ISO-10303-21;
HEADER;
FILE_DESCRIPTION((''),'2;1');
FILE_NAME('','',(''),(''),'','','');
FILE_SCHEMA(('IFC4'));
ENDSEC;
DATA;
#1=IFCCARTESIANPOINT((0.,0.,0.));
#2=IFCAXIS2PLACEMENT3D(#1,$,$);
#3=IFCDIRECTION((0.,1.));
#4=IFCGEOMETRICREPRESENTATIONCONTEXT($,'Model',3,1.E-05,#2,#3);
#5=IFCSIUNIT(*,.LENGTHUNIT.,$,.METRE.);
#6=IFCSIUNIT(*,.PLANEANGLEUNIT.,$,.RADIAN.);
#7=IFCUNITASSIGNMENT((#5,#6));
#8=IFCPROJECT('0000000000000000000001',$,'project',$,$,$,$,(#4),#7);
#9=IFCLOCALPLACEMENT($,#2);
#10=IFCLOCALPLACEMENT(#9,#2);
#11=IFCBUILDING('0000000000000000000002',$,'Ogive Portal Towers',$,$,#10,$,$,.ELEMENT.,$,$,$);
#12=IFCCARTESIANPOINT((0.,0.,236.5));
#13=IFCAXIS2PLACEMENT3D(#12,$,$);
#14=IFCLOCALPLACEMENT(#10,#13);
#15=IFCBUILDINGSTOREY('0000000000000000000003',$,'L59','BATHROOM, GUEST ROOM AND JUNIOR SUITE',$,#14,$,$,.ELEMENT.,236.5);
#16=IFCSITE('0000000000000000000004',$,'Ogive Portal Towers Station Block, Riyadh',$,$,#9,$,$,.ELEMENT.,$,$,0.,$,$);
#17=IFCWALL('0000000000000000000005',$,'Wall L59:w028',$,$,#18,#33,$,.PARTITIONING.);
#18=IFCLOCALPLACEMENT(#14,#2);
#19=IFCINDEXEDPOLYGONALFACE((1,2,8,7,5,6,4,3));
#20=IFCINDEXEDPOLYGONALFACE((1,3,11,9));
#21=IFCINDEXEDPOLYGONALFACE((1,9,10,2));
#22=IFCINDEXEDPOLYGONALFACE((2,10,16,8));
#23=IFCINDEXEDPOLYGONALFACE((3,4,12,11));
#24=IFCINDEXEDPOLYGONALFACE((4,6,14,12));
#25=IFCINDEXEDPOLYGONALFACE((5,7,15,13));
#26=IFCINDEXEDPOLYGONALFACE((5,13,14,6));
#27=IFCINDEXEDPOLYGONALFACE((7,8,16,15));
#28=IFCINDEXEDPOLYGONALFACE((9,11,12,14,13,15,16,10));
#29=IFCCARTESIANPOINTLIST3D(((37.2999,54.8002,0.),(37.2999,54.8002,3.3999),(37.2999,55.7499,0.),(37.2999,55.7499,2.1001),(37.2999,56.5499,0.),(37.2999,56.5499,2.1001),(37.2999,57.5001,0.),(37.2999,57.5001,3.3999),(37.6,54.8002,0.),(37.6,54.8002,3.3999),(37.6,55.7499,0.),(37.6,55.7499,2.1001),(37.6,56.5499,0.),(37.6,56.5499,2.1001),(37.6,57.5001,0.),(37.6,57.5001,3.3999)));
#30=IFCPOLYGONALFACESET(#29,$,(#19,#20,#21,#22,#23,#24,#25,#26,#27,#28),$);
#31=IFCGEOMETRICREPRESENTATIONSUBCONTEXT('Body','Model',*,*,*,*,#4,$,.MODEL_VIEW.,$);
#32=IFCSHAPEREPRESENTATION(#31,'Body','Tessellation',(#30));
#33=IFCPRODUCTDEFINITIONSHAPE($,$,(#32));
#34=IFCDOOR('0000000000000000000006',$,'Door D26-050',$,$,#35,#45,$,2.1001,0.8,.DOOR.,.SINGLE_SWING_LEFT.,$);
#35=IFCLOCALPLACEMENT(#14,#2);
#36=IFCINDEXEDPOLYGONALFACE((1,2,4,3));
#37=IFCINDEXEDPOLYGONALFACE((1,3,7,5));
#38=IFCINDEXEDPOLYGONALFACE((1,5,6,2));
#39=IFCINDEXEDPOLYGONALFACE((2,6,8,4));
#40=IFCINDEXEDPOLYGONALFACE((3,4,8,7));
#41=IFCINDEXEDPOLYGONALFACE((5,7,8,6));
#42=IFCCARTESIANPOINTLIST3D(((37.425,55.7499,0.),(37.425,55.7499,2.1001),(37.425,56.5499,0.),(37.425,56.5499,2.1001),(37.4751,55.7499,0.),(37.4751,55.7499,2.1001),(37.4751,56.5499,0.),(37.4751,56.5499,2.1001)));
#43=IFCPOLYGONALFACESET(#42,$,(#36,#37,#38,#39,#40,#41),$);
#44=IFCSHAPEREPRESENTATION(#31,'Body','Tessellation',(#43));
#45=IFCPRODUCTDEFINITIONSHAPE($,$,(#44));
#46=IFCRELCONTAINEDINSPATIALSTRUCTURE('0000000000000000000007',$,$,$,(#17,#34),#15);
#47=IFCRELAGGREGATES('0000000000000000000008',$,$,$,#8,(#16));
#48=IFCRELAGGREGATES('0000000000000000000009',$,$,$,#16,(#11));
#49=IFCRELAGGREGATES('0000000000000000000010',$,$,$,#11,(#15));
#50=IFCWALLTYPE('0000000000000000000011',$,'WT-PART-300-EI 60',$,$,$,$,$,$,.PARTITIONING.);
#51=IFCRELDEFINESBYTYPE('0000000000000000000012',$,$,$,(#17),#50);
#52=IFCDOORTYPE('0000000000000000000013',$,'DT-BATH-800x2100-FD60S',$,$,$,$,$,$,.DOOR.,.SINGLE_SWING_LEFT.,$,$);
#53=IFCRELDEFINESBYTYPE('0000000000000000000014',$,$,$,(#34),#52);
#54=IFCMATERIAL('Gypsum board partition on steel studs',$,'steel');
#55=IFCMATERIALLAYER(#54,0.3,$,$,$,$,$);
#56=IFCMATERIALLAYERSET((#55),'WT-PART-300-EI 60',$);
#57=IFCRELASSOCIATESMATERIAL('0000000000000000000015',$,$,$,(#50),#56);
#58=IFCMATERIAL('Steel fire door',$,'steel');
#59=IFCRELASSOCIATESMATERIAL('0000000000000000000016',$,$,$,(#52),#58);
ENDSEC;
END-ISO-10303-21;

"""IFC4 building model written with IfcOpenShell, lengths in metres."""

from ifc_helpers import new_model, si_unit, direction, frame, frame_2d, origin, place, context, subcontext, project, spatial, rectangle, extrude, material, layer, layer_set, type_object, element, fill, save


model = new_model("IFC4")

# Units and contexts
model_context = context("Model", 3, precision=1e-05, world=origin(), true_north=direction((0.0, 1.0)))
body_context = subcontext(model_context, "Body", "Model", "MODEL_VIEW")
ifc_project = project(units=[si_unit("LENGTHUNIT", "METRE"), si_unit("PLANEANGLEUNIT", "RADIAN")], contexts=[model_context])

# Site, building, storey
site_placement = place(None, origin())
site = spatial("IfcSite", under=ifc_project, at=site_placement, Name="Ogive Portal Towers Station Block, Riyadh", CompositionType="ELEMENT", RefElevation=0.0)
building_placement = place(site_placement, origin())
building = spatial("IfcBuilding", under=site, at=building_placement, Name="Ogive Portal Towers", CompositionType="ELEMENT")
storey_placement = place(building_placement, frame((0.0, 0.0, 236.5)))
storey = spatial("IfcBuildingStorey", under=building, at=storey_placement, Name="L59", Description="BATHROOM, GUEST ROOM AND JUNIOR SUITE", CompositionType="ELEMENT", Elevation=236.5)

# Shared definitions
ifc_material_1 = material(Name="Gypsum board partition on steel studs", Category="steel")
ifc_layer_1 = layer(ifc_material_1, 0.3)
ifc_layer_set_1 = layer_set([ifc_layer_1], Name="WT-PART-300-EI 60")
wall_type = type_object("IfcWallType", Name="WT-PART-300-EI 60", PredefinedType="PARTITIONING", material=ifc_layer_set_1)

# Wall, opening, door
wall_1_placement = place(storey_placement, frame((37.45, 54.8, 0.0), z_axis=(0.0, 0.0, 1.0), x_axis=(0.0, 1.0, 0.0)))
wall_1 = element("IfcWall", 1, at=wall_1_placement, inside=storey, type_object=wall_type, Name="Wall L59:w028", PredefinedType="PARTITIONING", context=body_context, shape_type="SweptSolid", body=[
    extrude(rectangle(XDim=2.7, YDim=0.3, at=frame_2d((1.3501, 0.0))), origin(), (0.0, 0.0, 1.0), 3.3999),
])
opening_placement = place(wall_1_placement, frame((0.95, 0.0, 0.0)))
opening = element("IfcOpeningElement", 2, at=opening_placement, cuts=wall_1, PredefinedType="OPENING", context=body_context, shape_type="SweptSolid", body=[
    extrude(rectangle(XDim=0.8, YDim=2.1001, at=frame_2d((0.3999, 1.05))), frame((0.0, 0.1602, 0.0), z_axis=(0.0, -1.0, 0.0), x_axis=(1.0, 0.0, 0.0)), (0.0, 0.0, 1.0), 0.3201),
])
ifc_material_2 = material(Name="Steel fire door", Category="steel")
door_type = type_object("IfcDoorType", Name="DT-BATH-800x2100-FD60S", OperationType="SINGLE_SWING_LEFT", PredefinedType="DOOR", material=ifc_material_2)
door_placement = place(opening_placement, origin())
door = element("IfcDoor", 3, at=door_placement, inside=storey, type_object=door_type, Name="Door D26-050", OperationType="SINGLE_SWING_LEFT", OverallHeight=2.1001, OverallWidth=0.8, PredefinedType="DOOR", context=body_context, shape_type="SweptSolid", body=[
    extrude(rectangle(XDim=0.8, YDim=2.1001, at=frame_2d((0.3999, 1.05))), frame((0.0, 0.0249, 0.0), z_axis=(0.0, -1.0, 0.0), x_axis=(1.0, 0.0, 0.0)), (0.0, 0.0, 1.0), 0.05),
])
fill(opening, door)

save(model, "model.ifc")
